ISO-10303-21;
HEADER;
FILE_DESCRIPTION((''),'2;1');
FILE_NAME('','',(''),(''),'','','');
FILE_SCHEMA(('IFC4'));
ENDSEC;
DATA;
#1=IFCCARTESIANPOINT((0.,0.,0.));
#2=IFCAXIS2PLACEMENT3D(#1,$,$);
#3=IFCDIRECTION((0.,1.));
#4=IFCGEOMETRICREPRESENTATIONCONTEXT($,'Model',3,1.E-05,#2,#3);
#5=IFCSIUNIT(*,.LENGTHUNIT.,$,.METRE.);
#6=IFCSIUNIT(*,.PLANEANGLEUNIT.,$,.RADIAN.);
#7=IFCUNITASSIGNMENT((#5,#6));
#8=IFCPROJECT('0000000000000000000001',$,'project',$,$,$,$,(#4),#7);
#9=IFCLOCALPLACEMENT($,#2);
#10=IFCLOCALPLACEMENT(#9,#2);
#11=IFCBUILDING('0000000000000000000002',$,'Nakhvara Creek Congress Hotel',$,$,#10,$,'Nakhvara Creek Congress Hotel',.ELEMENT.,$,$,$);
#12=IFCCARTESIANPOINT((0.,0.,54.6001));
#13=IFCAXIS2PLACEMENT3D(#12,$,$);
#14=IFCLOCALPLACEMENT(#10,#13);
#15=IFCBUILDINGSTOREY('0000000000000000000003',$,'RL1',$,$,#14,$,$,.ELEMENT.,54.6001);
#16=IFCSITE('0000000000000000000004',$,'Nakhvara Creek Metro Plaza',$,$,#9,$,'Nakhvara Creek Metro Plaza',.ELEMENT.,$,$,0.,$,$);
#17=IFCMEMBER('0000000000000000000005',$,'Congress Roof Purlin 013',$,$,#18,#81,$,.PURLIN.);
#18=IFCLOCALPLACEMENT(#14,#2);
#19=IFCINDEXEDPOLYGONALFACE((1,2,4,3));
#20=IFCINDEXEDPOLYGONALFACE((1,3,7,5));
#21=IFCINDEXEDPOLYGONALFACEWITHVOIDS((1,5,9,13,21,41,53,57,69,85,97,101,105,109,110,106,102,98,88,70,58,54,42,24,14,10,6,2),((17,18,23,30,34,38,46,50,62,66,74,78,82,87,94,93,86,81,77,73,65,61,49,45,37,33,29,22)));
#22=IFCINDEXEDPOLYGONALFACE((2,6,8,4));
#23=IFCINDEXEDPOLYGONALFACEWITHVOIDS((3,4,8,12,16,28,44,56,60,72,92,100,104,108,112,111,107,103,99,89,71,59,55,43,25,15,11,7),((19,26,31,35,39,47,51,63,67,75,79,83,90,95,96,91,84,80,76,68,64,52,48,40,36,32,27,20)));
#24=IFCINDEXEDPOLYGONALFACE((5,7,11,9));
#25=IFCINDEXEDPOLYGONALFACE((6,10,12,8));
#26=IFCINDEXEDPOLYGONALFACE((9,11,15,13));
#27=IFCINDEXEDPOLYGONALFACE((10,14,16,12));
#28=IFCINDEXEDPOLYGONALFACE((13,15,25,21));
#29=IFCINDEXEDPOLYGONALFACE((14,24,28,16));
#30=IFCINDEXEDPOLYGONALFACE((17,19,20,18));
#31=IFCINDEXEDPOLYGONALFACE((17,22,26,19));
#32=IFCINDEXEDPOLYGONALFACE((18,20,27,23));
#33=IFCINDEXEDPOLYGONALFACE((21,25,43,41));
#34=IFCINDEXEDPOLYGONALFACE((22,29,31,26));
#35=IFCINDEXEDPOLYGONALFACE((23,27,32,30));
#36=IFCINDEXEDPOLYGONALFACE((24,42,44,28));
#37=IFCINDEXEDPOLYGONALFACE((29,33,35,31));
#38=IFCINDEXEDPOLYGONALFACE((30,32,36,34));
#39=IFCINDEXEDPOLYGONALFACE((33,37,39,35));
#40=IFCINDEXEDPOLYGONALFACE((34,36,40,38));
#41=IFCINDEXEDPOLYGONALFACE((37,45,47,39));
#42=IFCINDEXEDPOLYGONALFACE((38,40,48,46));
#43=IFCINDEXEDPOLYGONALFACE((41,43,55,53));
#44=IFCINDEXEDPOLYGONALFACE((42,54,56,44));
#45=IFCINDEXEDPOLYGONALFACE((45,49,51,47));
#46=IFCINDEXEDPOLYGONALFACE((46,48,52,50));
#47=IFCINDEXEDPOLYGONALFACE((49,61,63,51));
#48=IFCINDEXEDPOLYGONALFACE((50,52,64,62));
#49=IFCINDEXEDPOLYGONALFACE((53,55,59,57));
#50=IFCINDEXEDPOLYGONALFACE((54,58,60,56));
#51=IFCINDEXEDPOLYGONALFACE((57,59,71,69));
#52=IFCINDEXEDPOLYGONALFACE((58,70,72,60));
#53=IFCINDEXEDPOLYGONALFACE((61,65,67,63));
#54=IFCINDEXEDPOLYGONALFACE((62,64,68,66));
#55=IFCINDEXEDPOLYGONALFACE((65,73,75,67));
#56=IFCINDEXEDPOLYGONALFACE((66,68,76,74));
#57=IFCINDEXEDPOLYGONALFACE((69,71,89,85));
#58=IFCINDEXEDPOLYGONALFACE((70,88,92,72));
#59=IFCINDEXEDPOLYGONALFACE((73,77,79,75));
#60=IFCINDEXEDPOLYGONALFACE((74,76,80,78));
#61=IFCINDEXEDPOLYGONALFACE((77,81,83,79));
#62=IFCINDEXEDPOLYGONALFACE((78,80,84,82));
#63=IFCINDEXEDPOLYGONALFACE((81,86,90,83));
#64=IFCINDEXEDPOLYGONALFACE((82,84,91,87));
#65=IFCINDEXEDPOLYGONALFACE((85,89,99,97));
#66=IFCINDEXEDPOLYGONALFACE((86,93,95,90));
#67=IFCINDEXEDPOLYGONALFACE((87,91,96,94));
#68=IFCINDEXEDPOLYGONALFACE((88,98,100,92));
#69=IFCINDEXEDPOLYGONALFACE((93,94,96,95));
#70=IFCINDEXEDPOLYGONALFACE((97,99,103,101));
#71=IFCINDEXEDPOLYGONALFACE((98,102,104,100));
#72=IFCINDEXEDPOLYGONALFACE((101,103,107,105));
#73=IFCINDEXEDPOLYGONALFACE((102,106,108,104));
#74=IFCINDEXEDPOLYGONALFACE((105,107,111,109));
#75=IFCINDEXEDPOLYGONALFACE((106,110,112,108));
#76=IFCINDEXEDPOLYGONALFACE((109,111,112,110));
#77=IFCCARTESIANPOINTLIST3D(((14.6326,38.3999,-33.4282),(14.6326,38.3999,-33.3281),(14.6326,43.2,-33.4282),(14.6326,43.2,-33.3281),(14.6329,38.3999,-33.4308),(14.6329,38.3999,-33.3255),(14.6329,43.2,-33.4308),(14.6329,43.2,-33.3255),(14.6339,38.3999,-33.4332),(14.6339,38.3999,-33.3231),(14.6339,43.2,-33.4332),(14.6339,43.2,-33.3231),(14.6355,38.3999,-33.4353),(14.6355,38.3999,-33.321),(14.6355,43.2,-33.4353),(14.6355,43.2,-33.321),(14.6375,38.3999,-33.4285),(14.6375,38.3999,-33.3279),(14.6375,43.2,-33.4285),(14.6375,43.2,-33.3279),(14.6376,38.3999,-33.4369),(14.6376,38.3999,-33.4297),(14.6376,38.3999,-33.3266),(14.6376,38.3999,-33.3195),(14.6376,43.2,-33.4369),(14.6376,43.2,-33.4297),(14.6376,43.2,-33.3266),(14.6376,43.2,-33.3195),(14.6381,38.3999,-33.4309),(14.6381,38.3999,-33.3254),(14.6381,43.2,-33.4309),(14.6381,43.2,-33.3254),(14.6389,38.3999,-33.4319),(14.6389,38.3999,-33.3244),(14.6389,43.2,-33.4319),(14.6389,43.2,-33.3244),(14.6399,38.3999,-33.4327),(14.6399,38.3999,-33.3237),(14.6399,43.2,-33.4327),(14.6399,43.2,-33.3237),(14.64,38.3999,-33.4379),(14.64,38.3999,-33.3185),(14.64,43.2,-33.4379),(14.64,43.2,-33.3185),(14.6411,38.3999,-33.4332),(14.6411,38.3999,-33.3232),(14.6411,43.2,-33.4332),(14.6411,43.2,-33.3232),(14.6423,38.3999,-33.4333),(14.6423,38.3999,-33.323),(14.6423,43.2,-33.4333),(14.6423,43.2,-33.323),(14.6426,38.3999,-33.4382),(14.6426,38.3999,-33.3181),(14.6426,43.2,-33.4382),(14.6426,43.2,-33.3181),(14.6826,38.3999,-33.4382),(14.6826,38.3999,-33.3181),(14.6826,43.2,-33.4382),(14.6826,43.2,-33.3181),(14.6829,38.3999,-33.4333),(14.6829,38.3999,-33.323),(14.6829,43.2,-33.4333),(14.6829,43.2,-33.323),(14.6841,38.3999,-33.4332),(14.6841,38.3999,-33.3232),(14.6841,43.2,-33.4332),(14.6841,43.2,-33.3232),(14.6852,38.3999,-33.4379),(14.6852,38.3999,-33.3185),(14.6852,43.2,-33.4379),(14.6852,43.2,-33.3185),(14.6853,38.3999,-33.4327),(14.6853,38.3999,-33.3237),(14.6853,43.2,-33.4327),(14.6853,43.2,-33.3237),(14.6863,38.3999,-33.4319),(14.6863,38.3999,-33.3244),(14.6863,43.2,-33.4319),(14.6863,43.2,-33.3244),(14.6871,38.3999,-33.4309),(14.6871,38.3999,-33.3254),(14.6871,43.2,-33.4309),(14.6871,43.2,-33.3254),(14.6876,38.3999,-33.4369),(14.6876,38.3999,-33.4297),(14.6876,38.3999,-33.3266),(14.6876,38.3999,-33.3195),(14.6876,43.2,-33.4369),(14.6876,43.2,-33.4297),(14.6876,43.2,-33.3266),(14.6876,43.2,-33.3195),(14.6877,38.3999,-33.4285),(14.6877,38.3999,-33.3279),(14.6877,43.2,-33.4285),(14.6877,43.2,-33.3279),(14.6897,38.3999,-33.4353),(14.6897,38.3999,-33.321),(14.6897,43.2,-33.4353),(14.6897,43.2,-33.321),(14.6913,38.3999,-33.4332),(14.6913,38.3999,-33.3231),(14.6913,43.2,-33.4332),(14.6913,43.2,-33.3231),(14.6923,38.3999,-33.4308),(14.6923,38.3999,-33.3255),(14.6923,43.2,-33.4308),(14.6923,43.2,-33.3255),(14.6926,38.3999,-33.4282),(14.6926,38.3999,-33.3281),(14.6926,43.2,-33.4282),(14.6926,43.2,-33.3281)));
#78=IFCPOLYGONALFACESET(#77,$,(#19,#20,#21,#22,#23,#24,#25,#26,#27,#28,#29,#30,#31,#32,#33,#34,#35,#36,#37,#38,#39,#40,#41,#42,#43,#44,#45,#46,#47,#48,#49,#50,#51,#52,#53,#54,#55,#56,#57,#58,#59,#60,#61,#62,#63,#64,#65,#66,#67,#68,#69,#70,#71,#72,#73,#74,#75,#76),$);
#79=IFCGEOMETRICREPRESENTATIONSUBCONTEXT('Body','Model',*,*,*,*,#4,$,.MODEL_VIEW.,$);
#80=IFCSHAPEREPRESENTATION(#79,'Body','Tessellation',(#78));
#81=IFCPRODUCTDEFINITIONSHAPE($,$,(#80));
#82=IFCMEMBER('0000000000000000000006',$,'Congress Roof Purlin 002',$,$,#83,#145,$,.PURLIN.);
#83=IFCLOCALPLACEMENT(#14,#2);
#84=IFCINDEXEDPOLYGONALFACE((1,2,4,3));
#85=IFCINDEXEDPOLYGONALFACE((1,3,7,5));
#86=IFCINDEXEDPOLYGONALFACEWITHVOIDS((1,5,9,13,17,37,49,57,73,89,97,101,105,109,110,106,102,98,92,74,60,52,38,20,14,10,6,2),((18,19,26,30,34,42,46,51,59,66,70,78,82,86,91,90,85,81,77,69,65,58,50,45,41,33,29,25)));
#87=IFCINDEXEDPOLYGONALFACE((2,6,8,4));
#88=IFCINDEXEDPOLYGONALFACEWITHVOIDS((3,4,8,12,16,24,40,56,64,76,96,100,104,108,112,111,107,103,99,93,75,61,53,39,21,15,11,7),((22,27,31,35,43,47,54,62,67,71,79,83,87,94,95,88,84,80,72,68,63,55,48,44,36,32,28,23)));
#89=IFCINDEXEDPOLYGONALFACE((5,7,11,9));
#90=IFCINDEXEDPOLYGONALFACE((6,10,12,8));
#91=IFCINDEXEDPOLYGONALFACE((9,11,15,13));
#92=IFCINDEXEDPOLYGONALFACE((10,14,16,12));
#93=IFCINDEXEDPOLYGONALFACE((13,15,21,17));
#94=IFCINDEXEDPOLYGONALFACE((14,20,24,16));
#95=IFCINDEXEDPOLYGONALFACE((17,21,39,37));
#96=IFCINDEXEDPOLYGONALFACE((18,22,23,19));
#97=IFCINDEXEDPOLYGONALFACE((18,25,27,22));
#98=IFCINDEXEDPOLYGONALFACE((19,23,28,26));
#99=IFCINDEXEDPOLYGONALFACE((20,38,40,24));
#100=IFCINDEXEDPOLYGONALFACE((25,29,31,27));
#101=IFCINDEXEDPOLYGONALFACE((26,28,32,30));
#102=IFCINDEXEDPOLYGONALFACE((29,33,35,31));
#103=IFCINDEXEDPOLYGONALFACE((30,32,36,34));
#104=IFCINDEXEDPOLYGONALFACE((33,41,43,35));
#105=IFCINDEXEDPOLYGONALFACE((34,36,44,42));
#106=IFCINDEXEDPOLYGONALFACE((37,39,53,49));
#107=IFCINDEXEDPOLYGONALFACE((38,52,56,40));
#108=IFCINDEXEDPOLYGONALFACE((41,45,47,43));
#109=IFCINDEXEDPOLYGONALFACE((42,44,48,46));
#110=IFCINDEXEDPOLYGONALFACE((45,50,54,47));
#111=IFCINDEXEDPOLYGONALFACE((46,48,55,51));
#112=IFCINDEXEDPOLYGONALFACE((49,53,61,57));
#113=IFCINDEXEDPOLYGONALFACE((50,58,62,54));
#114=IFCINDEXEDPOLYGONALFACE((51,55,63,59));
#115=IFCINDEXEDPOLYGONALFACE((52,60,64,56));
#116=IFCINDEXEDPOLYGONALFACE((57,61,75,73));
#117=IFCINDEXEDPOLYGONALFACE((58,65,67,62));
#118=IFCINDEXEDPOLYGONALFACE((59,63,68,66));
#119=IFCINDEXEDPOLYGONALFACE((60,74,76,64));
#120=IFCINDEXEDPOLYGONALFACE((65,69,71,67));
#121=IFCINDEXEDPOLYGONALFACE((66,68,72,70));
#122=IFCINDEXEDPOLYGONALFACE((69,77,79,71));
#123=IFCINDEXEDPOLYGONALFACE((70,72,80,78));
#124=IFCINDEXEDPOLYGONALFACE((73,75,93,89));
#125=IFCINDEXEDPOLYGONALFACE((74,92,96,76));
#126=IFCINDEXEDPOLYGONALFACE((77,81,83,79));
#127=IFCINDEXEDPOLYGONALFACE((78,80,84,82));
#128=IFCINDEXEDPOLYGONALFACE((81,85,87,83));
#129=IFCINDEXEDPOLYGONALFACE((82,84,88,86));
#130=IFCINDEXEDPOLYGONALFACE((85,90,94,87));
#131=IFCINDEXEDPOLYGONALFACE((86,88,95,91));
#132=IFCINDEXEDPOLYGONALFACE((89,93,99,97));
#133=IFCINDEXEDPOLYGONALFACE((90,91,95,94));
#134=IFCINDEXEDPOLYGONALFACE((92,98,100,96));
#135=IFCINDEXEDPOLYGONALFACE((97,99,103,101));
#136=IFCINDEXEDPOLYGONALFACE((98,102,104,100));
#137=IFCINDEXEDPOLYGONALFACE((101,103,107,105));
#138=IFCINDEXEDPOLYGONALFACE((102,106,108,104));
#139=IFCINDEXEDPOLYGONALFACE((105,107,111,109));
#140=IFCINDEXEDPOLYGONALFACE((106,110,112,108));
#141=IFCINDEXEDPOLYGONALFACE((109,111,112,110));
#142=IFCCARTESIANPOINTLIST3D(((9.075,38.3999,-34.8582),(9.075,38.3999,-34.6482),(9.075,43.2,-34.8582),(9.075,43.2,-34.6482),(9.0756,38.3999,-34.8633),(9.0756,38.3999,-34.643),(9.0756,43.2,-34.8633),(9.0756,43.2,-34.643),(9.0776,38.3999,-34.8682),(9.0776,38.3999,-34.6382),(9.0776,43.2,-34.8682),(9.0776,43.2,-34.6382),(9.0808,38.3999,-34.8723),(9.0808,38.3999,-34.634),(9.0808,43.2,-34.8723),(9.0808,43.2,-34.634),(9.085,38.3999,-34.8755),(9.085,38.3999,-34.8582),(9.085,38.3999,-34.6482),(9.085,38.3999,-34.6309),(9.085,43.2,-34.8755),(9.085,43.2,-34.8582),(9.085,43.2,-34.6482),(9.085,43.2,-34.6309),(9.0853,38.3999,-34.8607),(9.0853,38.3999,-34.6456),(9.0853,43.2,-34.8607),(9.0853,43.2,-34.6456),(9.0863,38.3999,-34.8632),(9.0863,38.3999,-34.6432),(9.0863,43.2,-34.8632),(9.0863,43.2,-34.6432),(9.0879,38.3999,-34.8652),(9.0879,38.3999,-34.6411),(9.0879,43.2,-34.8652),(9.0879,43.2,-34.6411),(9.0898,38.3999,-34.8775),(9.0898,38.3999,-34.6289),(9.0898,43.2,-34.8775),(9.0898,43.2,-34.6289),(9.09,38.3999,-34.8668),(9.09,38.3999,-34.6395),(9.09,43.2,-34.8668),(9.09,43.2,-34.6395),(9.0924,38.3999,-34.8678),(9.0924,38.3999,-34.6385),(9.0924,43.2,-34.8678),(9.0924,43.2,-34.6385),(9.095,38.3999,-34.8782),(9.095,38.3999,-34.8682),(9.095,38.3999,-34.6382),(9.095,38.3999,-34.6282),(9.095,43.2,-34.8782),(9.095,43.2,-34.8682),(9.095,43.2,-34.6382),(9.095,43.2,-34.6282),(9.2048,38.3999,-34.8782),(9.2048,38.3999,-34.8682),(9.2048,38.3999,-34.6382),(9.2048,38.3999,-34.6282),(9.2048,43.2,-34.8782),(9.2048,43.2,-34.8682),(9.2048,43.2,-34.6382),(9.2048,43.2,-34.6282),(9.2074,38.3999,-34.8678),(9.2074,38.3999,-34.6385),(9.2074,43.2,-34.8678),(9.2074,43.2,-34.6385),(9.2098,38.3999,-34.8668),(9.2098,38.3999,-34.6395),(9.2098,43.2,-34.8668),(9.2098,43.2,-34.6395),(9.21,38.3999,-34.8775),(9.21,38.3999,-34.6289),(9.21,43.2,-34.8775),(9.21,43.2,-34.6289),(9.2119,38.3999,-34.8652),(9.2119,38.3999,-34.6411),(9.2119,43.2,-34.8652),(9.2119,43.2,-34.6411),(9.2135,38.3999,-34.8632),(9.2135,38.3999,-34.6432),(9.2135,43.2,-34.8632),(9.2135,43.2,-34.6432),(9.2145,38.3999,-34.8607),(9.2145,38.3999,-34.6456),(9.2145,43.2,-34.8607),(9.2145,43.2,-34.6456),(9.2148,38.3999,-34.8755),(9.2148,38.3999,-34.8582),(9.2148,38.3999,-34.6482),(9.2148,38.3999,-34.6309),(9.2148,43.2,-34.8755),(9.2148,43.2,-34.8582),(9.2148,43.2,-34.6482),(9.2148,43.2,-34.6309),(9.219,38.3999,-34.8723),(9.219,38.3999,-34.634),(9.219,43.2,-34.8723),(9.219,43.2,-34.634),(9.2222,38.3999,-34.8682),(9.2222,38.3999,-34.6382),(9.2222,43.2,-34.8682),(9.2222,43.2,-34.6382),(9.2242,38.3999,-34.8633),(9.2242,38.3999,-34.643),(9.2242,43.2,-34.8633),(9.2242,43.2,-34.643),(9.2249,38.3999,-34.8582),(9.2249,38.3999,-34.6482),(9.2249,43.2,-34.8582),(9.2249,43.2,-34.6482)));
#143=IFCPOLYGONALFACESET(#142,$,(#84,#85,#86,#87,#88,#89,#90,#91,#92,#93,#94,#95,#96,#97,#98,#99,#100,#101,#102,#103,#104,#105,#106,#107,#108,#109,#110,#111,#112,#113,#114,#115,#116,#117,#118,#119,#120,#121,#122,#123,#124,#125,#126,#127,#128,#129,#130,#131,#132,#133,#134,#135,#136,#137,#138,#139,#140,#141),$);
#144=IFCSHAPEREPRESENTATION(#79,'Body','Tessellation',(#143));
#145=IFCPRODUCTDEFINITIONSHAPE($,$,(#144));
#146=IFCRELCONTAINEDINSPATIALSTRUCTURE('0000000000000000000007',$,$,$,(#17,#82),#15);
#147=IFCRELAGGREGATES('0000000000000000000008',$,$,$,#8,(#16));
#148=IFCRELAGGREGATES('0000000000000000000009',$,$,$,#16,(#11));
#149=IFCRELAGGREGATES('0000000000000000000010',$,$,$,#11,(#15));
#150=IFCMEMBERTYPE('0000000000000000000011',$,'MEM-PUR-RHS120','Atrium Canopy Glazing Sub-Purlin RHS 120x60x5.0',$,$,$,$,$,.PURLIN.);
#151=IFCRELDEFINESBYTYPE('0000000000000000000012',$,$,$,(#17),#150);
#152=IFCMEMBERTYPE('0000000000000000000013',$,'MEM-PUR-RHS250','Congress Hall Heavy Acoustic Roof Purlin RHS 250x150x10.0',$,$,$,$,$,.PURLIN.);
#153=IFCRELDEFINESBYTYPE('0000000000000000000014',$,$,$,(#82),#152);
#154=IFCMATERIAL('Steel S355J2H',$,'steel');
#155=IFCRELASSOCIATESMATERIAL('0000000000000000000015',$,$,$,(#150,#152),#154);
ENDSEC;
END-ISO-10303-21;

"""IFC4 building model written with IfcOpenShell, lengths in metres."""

from ifc_helpers import new_model, si_unit, direction, frame, origin, origin_2d, place, context, subcontext, project, spatial, hollow_rectangle, extrude, material, material_profile, profile_set, type_object, element, save


model = new_model("IFC4")

# Units and contexts
model_context = context("Model", 3, precision=1e-05, world=origin(), true_north=direction((0.0, 1.0)))
body_context = subcontext(model_context, "Body", "Model", "MODEL_VIEW")
ifc_project = project(units=[si_unit("LENGTHUNIT", "METRE"), si_unit("PLANEANGLEUNIT", "RADIAN")], contexts=[model_context])

# Site, building, storey
site_placement = place(None, origin())
site = spatial("IfcSite", under=ifc_project, at=site_placement, Name="Nakhvara Creek Metro Plaza", LongName="Nakhvara Creek Metro Plaza", CompositionType="ELEMENT", RefElevation=0.0)
building_placement = place(site_placement, origin())
building = spatial("IfcBuilding", under=site, at=building_placement, Name="Nakhvara Creek Congress Hotel", LongName="Nakhvara Creek Congress Hotel", CompositionType="ELEMENT")
storey_placement = place(building_placement, frame((0.0, 0.0, 54.6001)))
storey = spatial("IfcBuildingStorey", under=building, at=storey_placement, Name="RL1", CompositionType="ELEMENT", Elevation=54.6001)

# Members
ifc_material_1 = material(Name="Steel S355J2H", Category="steel")
ifc_material_profile_1 = material_profile(ifc_material_1, hollow_rectangle(XDim=0.0601, YDim=0.1201, WallThickness=0.0049, InnerFilletRadius=0.0049, OuterFilletRadius=0.01, at=origin_2d()), Name="RHS 120x60x5.0", Category="LoadBearing")
ifc_profile_set_1 = profile_set([ifc_material_profile_1], Name="Steel S355J2H")
member_type_1 = type_object("IfcMemberType", Name="MEM-PUR-RHS120", Description="Atrium Canopy Glazing Sub-Purlin RHS 120x60x5.0", PredefinedType="PURLIN", material=ifc_profile_set_1)
member_1_placement = place(storey_placement, frame((14.6626, 38.3999, -33.3782), z_axis=(0.0, 1.0, 0.0), x_axis=(-1.0, 0.0, 0.0)))
element("IfcMember", 1, at=member_1_placement, inside=storey, type_object=member_type_1, Name="Congress Roof Purlin 013", PredefinedType="PURLIN", context=body_context, shape_type="SweptSolid", body=[
    extrude(hollow_rectangle(XDim=0.0601, YDim=0.1201, WallThickness=0.0049, InnerFilletRadius=0.0049, OuterFilletRadius=0.01, at=origin_2d()), origin(), (0.0, 0.0, 1.0), 4.8),
])
ifc_material_profile_2 = material_profile(ifc_material_1, hollow_rectangle(XDim=0.1499, YDim=0.25, WallThickness=0.01, InnerFilletRadius=0.01, OuterFilletRadius=0.02, at=origin_2d()), Name="RHS 250x150x10.0", Category="LoadBearing")
ifc_profile_set_2 = profile_set([ifc_material_profile_2], Name="Steel S355J2H")
member_type_2 = type_object("IfcMemberType", Name="MEM-PUR-RHS250", Description="Congress Hall Heavy Acoustic Roof Purlin RHS 250x150x10.0", PredefinedType="PURLIN", material=ifc_profile_set_2)
for number, where, z_axis, x_axis, name in (
    (2, (9.1499, 38.3999, -34.7532), (0.0, 1.0, 0.0), (-1.0, 0.0, 0.0), "Congress Roof Purlin 002"),
):
    element("IfcMember", number, at=place(storey_placement, frame(where, z_axis=z_axis, x_axis=x_axis)), inside=storey, type_object=member_type_2, Name=name, PredefinedType="PURLIN", context=body_context, shape_type="SweptSolid", body=[
        extrude(hollow_rectangle(XDim=0.1499, YDim=0.25, WallThickness=0.01, InnerFilletRadius=0.01, OuterFilletRadius=0.02, at=origin_2d()), origin(), (0.0, 0.0, 1.0), 4.8),
    ])

save(model, "model.ifc")
